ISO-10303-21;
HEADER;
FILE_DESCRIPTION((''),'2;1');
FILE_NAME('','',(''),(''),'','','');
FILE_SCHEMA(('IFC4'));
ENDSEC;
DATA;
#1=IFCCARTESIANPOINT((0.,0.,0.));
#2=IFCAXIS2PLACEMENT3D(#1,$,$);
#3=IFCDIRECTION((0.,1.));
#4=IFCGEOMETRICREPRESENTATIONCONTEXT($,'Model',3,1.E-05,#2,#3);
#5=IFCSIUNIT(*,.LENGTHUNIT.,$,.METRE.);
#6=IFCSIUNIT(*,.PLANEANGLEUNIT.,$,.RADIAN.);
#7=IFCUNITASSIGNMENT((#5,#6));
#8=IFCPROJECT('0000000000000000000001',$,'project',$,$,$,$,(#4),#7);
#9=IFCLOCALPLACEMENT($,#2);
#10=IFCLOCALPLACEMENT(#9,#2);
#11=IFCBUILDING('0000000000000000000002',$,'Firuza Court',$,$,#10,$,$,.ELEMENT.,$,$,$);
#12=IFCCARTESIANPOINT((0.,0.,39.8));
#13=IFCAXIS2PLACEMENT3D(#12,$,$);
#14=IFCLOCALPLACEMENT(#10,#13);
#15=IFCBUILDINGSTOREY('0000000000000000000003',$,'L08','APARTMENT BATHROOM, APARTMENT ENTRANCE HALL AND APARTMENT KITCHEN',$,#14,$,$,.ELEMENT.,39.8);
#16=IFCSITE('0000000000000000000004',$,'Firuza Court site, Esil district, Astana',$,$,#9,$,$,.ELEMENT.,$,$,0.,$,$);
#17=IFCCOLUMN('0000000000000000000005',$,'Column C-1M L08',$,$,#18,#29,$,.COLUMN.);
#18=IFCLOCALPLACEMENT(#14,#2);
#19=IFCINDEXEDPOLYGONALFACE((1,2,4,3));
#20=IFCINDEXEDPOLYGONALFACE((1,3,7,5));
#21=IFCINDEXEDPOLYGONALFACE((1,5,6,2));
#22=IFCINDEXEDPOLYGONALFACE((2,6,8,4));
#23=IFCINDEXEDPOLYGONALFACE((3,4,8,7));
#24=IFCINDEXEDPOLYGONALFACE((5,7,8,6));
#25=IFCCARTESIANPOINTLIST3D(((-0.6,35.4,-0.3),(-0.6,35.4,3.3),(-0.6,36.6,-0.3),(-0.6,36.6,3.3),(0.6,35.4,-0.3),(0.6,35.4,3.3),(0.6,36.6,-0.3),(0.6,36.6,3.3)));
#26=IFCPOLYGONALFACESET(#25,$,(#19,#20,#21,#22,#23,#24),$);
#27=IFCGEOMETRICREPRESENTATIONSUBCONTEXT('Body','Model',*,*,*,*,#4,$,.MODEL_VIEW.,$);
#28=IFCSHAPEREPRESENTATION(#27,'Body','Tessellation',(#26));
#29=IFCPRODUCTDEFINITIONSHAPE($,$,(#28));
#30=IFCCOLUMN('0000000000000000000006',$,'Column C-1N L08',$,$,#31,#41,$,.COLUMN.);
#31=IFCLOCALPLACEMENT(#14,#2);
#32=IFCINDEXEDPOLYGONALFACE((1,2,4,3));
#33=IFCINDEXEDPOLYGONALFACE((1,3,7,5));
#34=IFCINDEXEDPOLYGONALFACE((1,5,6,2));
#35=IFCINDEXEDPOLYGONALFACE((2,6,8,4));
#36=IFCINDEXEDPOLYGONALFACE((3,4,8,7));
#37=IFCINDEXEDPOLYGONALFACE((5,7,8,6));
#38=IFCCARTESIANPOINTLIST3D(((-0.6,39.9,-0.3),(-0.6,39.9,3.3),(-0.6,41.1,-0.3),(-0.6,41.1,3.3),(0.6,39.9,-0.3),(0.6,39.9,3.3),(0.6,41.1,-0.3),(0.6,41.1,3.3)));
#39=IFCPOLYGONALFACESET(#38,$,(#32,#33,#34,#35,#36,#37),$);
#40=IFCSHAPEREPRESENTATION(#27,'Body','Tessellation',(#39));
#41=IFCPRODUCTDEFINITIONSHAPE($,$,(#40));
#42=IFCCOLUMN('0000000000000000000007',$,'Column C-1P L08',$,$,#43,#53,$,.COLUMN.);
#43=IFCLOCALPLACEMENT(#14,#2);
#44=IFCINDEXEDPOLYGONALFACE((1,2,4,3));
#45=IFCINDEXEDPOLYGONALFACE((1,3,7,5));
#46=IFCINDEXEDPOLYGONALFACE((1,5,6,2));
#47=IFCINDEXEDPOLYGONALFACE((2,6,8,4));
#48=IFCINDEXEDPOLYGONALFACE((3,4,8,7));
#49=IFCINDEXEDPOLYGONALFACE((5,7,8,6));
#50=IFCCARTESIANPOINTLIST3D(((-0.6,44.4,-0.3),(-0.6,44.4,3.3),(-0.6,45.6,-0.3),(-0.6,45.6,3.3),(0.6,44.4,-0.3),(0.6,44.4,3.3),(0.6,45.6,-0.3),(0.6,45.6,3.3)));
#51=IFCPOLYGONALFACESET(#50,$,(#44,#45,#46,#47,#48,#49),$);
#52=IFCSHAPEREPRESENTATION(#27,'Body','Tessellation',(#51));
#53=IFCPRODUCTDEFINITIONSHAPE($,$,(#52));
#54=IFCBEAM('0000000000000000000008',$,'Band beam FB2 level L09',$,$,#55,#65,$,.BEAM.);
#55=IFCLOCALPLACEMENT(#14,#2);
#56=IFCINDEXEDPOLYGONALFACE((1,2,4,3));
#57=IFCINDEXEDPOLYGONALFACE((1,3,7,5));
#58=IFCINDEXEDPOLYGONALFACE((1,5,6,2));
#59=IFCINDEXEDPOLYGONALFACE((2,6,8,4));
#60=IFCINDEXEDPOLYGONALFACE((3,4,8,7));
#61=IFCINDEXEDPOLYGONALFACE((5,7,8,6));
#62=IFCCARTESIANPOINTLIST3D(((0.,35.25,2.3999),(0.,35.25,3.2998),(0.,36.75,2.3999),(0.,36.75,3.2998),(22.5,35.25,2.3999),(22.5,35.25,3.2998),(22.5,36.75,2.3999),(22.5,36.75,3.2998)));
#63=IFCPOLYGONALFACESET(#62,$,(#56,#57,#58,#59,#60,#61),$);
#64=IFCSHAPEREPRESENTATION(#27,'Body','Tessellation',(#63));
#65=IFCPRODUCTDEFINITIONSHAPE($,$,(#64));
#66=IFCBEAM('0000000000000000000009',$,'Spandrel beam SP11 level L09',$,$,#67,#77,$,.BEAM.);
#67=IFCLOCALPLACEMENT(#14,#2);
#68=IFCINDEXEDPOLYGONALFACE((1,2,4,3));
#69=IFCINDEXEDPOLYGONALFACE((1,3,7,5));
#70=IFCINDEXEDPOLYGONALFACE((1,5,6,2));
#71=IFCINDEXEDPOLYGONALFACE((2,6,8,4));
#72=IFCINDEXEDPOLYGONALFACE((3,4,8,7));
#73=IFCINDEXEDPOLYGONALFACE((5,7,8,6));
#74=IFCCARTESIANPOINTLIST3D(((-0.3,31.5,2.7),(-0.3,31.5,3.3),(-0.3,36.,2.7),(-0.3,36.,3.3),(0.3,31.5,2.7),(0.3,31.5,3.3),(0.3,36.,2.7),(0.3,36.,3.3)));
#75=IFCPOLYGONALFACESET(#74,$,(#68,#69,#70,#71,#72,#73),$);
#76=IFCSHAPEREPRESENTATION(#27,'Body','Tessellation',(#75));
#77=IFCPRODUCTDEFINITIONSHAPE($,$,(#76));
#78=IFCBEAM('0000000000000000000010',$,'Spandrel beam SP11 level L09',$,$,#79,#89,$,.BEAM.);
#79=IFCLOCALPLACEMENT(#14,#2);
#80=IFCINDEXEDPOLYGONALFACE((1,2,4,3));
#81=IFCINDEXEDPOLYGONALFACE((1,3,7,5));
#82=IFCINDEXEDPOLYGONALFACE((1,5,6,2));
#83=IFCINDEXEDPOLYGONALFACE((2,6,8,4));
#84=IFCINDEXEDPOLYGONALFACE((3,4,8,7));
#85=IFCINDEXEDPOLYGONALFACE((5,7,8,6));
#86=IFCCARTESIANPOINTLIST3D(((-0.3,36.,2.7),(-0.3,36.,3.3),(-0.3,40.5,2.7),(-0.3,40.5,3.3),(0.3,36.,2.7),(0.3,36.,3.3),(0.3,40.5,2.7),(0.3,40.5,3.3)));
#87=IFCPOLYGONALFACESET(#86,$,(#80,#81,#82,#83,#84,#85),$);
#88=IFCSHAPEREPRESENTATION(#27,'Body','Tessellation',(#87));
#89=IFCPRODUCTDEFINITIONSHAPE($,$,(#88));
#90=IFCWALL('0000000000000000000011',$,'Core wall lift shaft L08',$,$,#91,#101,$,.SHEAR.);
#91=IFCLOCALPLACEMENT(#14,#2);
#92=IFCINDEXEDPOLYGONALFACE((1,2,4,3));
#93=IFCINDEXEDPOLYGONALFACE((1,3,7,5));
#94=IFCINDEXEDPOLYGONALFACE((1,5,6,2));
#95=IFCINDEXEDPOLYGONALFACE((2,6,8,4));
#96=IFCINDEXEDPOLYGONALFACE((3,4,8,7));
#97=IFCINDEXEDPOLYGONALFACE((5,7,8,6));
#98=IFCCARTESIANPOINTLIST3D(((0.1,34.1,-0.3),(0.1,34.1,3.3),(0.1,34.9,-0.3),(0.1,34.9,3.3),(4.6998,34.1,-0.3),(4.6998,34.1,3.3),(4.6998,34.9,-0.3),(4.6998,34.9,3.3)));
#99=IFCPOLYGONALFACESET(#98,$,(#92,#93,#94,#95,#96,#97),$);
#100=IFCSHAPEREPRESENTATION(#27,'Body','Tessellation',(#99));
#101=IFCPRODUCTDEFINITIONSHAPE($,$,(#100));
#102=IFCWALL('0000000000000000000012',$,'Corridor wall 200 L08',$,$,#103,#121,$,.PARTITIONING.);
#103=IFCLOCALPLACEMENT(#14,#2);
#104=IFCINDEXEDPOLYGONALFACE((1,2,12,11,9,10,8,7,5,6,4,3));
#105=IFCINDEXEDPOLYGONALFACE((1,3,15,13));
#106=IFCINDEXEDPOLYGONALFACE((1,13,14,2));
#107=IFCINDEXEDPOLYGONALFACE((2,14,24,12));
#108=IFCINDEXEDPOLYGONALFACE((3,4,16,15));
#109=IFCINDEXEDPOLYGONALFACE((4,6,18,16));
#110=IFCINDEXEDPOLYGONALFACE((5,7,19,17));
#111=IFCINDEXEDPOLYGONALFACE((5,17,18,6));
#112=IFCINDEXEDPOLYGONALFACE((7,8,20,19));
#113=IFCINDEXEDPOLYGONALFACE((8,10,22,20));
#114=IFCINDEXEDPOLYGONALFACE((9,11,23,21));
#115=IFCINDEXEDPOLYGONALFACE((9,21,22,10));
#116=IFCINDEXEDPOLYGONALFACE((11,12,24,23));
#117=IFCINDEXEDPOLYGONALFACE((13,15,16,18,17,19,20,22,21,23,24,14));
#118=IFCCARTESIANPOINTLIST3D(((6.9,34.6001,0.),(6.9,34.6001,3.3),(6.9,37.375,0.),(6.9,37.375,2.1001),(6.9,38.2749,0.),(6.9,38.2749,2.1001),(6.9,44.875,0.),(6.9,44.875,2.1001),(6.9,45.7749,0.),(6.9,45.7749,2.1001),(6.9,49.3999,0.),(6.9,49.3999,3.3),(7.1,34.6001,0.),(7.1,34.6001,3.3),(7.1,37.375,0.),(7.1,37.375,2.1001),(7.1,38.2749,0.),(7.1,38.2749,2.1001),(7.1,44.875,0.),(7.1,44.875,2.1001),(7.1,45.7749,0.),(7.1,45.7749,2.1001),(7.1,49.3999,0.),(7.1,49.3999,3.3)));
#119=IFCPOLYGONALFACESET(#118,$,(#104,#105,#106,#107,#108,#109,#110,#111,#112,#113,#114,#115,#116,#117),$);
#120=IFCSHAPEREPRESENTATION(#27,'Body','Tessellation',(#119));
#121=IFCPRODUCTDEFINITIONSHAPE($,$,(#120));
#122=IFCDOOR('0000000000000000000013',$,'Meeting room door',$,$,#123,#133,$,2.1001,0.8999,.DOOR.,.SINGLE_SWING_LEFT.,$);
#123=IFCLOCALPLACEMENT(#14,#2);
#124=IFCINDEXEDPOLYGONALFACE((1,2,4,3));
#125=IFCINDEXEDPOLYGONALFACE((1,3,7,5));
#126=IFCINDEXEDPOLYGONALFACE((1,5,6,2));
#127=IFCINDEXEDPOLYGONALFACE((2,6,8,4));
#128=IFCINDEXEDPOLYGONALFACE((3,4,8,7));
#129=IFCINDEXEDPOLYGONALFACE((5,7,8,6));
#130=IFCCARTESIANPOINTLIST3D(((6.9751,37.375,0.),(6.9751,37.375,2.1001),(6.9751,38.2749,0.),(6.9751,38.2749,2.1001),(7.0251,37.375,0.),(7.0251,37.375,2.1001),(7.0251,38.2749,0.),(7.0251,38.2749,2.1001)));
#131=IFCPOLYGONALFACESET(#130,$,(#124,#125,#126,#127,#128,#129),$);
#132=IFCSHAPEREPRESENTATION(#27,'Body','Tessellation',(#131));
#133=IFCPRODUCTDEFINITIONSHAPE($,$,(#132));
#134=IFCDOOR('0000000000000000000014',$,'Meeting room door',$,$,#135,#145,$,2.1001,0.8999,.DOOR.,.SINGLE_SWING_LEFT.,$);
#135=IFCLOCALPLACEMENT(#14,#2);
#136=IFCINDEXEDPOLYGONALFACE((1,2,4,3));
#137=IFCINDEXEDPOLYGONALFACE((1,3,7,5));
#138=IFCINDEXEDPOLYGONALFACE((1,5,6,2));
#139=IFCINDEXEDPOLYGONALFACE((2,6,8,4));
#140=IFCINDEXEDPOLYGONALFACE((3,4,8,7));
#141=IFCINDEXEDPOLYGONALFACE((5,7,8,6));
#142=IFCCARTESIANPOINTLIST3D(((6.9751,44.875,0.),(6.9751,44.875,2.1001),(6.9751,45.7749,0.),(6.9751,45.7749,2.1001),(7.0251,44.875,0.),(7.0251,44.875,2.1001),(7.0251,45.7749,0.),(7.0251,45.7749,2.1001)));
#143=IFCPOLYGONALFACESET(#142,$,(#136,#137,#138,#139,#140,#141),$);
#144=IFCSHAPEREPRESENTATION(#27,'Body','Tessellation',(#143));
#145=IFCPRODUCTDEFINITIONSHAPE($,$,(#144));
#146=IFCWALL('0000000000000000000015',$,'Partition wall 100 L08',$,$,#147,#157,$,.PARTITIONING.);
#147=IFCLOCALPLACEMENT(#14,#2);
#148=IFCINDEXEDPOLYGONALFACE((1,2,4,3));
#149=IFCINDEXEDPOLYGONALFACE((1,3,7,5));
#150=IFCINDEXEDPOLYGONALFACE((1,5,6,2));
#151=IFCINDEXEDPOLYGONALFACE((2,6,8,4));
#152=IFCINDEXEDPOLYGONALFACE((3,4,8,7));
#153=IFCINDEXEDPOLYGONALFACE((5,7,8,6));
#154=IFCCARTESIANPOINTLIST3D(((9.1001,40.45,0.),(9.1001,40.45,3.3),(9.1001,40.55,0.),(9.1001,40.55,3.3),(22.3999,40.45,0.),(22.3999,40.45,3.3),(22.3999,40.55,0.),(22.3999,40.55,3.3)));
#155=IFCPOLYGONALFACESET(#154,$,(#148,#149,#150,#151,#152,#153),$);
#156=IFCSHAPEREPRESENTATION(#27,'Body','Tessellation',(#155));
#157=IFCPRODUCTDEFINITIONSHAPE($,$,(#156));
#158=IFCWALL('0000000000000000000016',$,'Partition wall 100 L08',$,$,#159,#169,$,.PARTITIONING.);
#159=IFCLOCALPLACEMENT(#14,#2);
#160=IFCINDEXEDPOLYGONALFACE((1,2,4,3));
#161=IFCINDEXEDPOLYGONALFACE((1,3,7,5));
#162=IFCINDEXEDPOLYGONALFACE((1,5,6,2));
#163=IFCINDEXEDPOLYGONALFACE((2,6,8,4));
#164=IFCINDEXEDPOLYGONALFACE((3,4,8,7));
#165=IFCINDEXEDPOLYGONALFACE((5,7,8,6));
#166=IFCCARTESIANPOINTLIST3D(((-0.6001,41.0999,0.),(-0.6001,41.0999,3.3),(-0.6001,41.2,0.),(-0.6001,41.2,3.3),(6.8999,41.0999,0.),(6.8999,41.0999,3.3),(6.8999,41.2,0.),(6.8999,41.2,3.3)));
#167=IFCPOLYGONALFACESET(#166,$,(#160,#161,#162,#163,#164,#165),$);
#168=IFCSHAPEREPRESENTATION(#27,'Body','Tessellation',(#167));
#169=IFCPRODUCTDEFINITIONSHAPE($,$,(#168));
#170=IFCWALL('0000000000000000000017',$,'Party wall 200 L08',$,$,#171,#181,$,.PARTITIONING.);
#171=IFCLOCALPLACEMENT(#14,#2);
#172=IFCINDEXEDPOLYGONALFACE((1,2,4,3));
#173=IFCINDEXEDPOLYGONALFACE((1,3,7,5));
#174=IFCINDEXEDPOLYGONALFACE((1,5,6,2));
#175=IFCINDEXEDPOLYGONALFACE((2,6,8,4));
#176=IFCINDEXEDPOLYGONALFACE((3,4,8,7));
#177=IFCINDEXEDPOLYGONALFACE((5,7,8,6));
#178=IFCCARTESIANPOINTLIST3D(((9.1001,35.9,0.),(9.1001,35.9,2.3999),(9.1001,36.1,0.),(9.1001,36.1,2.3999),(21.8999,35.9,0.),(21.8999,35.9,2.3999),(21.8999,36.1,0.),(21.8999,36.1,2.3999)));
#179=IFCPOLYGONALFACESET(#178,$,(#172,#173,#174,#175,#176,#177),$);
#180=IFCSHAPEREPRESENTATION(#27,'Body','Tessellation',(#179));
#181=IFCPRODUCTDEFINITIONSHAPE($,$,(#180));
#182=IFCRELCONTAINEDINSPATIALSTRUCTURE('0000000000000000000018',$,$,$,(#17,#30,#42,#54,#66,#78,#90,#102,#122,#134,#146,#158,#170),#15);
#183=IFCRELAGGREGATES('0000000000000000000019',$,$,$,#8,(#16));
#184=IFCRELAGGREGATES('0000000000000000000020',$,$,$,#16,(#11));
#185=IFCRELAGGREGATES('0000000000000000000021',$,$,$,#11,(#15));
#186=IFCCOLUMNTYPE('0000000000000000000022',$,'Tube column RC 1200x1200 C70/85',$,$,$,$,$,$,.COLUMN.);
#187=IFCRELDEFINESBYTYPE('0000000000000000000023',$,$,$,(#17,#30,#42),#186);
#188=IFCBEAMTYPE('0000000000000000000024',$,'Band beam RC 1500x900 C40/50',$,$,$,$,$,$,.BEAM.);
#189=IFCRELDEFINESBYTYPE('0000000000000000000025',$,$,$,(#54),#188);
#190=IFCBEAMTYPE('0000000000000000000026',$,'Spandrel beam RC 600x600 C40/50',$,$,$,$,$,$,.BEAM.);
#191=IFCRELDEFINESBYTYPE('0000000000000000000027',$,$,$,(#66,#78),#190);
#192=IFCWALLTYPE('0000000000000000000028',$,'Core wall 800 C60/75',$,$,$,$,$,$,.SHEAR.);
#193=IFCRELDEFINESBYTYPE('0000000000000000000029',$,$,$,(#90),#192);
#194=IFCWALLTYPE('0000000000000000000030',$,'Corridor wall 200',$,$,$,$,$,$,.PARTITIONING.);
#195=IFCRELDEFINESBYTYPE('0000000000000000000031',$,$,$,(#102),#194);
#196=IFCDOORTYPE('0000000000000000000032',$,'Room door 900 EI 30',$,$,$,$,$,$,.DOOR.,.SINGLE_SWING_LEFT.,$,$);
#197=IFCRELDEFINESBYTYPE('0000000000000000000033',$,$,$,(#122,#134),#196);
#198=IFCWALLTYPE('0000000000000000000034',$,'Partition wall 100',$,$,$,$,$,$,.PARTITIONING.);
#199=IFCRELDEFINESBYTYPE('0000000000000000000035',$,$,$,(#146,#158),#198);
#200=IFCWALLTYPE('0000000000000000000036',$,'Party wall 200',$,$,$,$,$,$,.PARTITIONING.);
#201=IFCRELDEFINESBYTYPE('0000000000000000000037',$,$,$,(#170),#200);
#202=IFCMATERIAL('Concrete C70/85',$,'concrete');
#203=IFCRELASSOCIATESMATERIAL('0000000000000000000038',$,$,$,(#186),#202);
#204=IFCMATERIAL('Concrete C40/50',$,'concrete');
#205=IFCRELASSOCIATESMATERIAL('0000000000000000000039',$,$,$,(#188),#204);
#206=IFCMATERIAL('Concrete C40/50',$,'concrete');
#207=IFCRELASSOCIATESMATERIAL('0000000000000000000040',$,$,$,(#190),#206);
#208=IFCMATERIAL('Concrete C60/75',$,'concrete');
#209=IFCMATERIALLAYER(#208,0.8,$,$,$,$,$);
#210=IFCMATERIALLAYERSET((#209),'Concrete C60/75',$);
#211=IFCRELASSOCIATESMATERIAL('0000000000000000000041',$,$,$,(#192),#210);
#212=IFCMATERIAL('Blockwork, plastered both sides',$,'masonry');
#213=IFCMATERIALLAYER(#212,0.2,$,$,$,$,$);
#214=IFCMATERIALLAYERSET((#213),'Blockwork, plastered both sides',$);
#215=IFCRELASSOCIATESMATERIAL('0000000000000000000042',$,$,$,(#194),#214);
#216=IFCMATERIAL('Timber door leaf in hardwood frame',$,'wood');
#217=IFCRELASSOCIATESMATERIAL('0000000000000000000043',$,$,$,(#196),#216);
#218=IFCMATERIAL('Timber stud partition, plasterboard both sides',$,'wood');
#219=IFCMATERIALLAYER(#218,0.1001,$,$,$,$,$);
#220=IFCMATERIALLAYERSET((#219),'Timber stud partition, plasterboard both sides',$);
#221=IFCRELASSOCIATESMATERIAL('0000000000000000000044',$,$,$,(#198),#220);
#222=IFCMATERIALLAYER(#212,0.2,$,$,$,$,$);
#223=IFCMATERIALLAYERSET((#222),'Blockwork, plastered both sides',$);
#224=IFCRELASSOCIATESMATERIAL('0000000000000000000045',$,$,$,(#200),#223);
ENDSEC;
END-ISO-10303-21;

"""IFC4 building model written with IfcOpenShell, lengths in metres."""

from ifc_helpers import new_model, si_unit, direction, frame, frame_2d, origin, origin_2d, place, context, subcontext, project, spatial, rectangle, extrude, material, layer, layer_set, material_profile, profile_set, type_object, element, fill, save


model = new_model("IFC4")

# Units and contexts
model_context = context("Model", 3, precision=1e-05, world=origin(), true_north=direction((0.0, 1.0)))
body_context = subcontext(model_context, "Body", "Model", "MODEL_VIEW")
ifc_project = project(units=[si_unit("LENGTHUNIT", "METRE"), si_unit("PLANEANGLEUNIT", "RADIAN")], contexts=[model_context])

# Site, building, storey
site_placement = place(None, origin())
site = spatial("IfcSite", under=ifc_project, at=site_placement, Name="Firuza Court site, Esil district, Astana", CompositionType="ELEMENT", RefElevation=0.0)
building_placement = place(site_placement, origin())
building = spatial("IfcBuilding", under=site, at=building_placement, Name="Firuza Court", CompositionType="ELEMENT")
storey_placement = place(building_placement, frame((0.0, 0.0, 39.8)))
storey = spatial("IfcBuildingStorey", under=building, at=storey_placement, Name="L08", Description="APARTMENT BATHROOM, APARTMENT ENTRANCE HALL AND APARTMENT KITCHEN", CompositionType="ELEMENT", Elevation=39.8)

# Columns
ifc_material_1 = material(Name="Concrete C70/85", Category="concrete")
ifc_material_profile_1 = material_profile(ifc_material_1, rectangle(XDim=1.2, YDim=1.2, at=origin_2d()), Name="RC 1200x1200")
ifc_profile_set_1 = profile_set([ifc_material_profile_1], Name="Concrete C70/85")
column_type = type_object("IfcColumnType", Name="Tube column RC 1200x1200 C70/85", PredefinedType="COLUMN", material=ifc_profile_set_1)
for number, where, z_axis, x_axis, name in (
    (1, (0.0, 36.0, -0.3), (0.0, 0.0, 1.0), (1.0, 0.0, 0.0), "Column C-1M L08"),
    (2, (0.0, 40.5, -0.3), (0.0, 0.0, 1.0), (1.0, 0.0, 0.0), "Column C-1N L08"),
    (3, (0.0, 45.0, -0.3), (0.0, 0.0, 1.0), (1.0, 0.0, 0.0), "Column C-1P L08"),
):
    element("IfcColumn", number, at=place(storey_placement, frame(where, z_axis=z_axis, x_axis=x_axis)), inside=storey, type_object=column_type, Name=name, PredefinedType="COLUMN", context=body_context, shape_type="SweptSolid", body=[
        extrude(rectangle(XDim=1.2, YDim=1.2, at=origin_2d()), origin(), (0.0, 0.0, 1.0), 3.6001),
    ])

# Beams
ifc_material_2 = material(Name="Concrete C40/50", Category="concrete")
ifc_material_profile_2 = material_profile(ifc_material_2, rectangle(XDim=1.5, YDim=0.8999, at=origin_2d()), Name="RC 1500x900")
ifc_profile_set_2 = profile_set([ifc_material_profile_2], Name="Concrete C40/50")
beam_type_1 = type_object("IfcBeamType", Name="Band beam RC 1500x900 C40/50", PredefinedType="BEAM", material=ifc_profile_set_2)
beam_placement = place(storey_placement, frame((0.0, 36.0, 2.8499), z_axis=(1.0, 0.0, 0.0), x_axis=(0.0, 1.0, 0.0)))
element("IfcBeam", 4, at=beam_placement, inside=storey, type_object=beam_type_1, Name="Band beam FB2 level L09", PredefinedType="BEAM", context=body_context, shape_type="SweptSolid", body=[
    extrude(rectangle(XDim=1.5, YDim=0.8999, at=origin_2d()), origin(), (0.0, 0.0, 1.0), 22.5),
])
ifc_material_3 = material(Name="Concrete C40/50", Category="concrete")
ifc_material_profile_3 = material_profile(ifc_material_3, rectangle(XDim=0.6001, YDim=0.6001, at=origin_2d()), Name="RC 600x600")
ifc_profile_set_3 = profile_set([ifc_material_profile_3], Name="Concrete C40/50")
beam_type_2 = type_object("IfcBeamType", Name="Spandrel beam RC 600x600 C40/50", PredefinedType="BEAM", material=ifc_profile_set_3)
for number, where, z_axis, x_axis, name in (
    (5, (0.0, 36.0, 3.0), (0.0, -1.0, 0.0), (1.0, 0.0, 0.0), "Spandrel beam SP11 level L09"),
    (6, (0.0, 40.5, 3.0), (0.0, -1.0, 0.0), (1.0, 0.0, 0.0), "Spandrel beam SP11 level L09"),
):
    element("IfcBeam", number, at=place(storey_placement, frame(where, z_axis=z_axis, x_axis=x_axis)), inside=storey, type_object=beam_type_2, Name=name, PredefinedType="BEAM", context=body_context, shape_type="SweptSolid", body=[
        extrude(rectangle(XDim=0.6001, YDim=0.6001, at=origin_2d()), origin(), (0.0, 0.0, 1.0), 4.5),
    ])

# Wall
ifc_material_4 = material(Name="Concrete C60/75", Category="concrete")
ifc_layer_1 = layer(ifc_material_4, 0.8)
ifc_layer_set_1 = layer_set([ifc_layer_1], Name="Concrete C60/75")
wall_type_1 = type_object("IfcWallType", Name="Core wall 800 C60/75", PredefinedType="SHEAR", material=ifc_layer_set_1)
wall_1_placement = place(storey_placement, frame((0.1001, 34.5, -0.3), z_axis=(0.0, 0.0, 1.0), x_axis=(1.0, 0.0, 0.0)))
element("IfcWall", 7, at=wall_1_placement, inside=storey, type_object=wall_type_1, Name="Core wall lift shaft L08", PredefinedType="SHEAR", context=body_context, shape_type="SweptSolid", body=[
    extrude(rectangle(XDim=4.5999, YDim=0.8, at=frame_2d((2.2998, 0.0))), origin(), (0.0, 0.0, 1.0), 3.6001),
])

# Wall, openings, doors
ifc_material_5 = material(Name="Blockwork, plastered both sides", Category="masonry")
ifc_layer_2 = layer(ifc_material_5, 0.2)
ifc_layer_set_2 = layer_set([ifc_layer_2], Name="Blockwork, plastered both sides")
wall_type_2 = type_object("IfcWallType", Name="Corridor wall 200", PredefinedType="PARTITIONING", material=ifc_layer_set_2)
wall_2_placement = place(storey_placement, frame((7.0, 34.6001, 0.0), z_axis=(0.0, 0.0, 1.0), x_axis=(0.0, 1.0, 0.0)))
wall_2 = element("IfcWall", 8, at=wall_2_placement, inside=storey, type_object=wall_type_2, Name="Corridor wall 200 L08", PredefinedType="PARTITIONING", context=body_context, shape_type="SweptSolid", body=[
    extrude(rectangle(XDim=14.7998, YDim=0.2, at=frame_2d((7.3999, 0.0))), origin(), (0.0, 0.0, 1.0), 3.3),
])
opening_1_placement = place(wall_2_placement, frame((2.7749, 0.0, 0.0)))
opening_1 = element("IfcOpeningElement", 9, at=opening_1_placement, cuts=wall_2, PredefinedType="OPENING", context=body_context, shape_type="SweptSolid", body=[
    extrude(rectangle(XDim=0.8999, YDim=2.1001, at=frame_2d((0.45, 1.05))), frame((0.0, 0.1118, 0.0), z_axis=(0.0, -1.0, 0.0), x_axis=(1.0, 0.0, 0.0)), (0.0, 0.0, 1.0), 0.2239),
])
opening_2_placement = place(wall_2_placement, frame((10.2749, 0.0, 0.0)))
opening_2 = element("IfcOpeningElement", 10, at=opening_2_placement, cuts=wall_2, PredefinedType="OPENING", context=body_context, shape_type="SweptSolid", body=[
    extrude(rectangle(XDim=0.8999, YDim=2.1001, at=frame_2d((0.45, 1.05))), frame((0.0, 0.1118, 0.0), z_axis=(0.0, -1.0, 0.0), x_axis=(1.0, 0.0, 0.0)), (0.0, 0.0, 1.0), 0.2239),
])
ifc_material_6 = material(Name="Timber door leaf in hardwood frame", Category="wood")
door_type = type_object("IfcDoorType", Name="Room door 900 EI 30", OperationType="SINGLE_SWING_LEFT", PredefinedType="DOOR", material=ifc_material_6)
door_1_placement = place(opening_1_placement, origin())
door_1 = element("IfcDoor", 11, at=door_1_placement, inside=storey, type_object=door_type, Name="Meeting room door", OperationType="SINGLE_SWING_LEFT", OverallHeight=2.1001, OverallWidth=0.8999, PredefinedType="DOOR", context=body_context, shape_type="SweptSolid", body=[
    extrude(rectangle(XDim=0.8999, YDim=2.1001, at=frame_2d((0.45, 1.05))), frame((0.0, 0.0249, 0.0), z_axis=(0.0, -1.0, 0.0), x_axis=(1.0, 0.0, 0.0)), (0.0, 0.0, 1.0), 0.05),
])
fill(opening_1, door_1)
door_2_placement = place(opening_2_placement, origin())
door_2 = element("IfcDoor", 12, at=door_2_placement, inside=storey, type_object=door_type, Name="Meeting room door", OperationType="SINGLE_SWING_LEFT", OverallHeight=2.1001, OverallWidth=0.8999, PredefinedType="DOOR", context=body_context, shape_type="SweptSolid", body=[
    extrude(rectangle(XDim=0.8999, YDim=2.1001, at=frame_2d((0.45, 1.05))), frame((0.0, 0.0249, 0.0), z_axis=(0.0, -1.0, 0.0), x_axis=(1.0, 0.0, 0.0)), (0.0, 0.0, 1.0), 0.05),
])
fill(opening_2, door_2)

# Walls
ifc_material_7 = material(Name="Timber stud partition, plasterboard both sides", Category="wood")
ifc_layer_3 = layer(ifc_material_7, 0.1001)
ifc_layer_set_3 = layer_set([ifc_layer_3], Name="Timber stud partition, plasterboard both sides")
wall_type_3 = type_object("IfcWallType", Name="Partition wall 100", PredefinedType="PARTITIONING", material=ifc_layer_set_3)
wall_3_placement = place(storey_placement, frame((9.1001, 40.5, 0.0), z_axis=(0.0, 0.0, 1.0), x_axis=(1.0, 0.0, 0.0)))
element("IfcWall", 13, at=wall_3_placement, inside=storey, type_object=wall_type_3, Name="Partition wall 100 L08", PredefinedType="PARTITIONING", context=body_context, shape_type="SweptSolid", body=[
    extrude(rectangle(XDim=13.2998, YDim=0.1001, at=frame_2d((6.6499, 0.0))), origin(), (0.0, 0.0, 1.0), 3.3),
])
wall_4_placement = place(storey_placement, frame((-0.6001, 41.1499, 0.0), z_axis=(0.0, 0.0, 1.0), x_axis=(1.0, 0.0, 0.0)))
element("IfcWall", 14, at=wall_4_placement, inside=storey, type_object=wall_type_3, Name="Partition wall 100 L08", PredefinedType="PARTITIONING", context=body_context, shape_type="SweptSolid", body=[
    extrude(rectangle(XDim=7.5, YDim=0.1001, at=frame_2d((3.75, 0.0))), origin(), (0.0, 0.0, 1.0), 3.3),
])
ifc_layer_4 = layer(ifc_material_5, 0.2)
ifc_layer_set_4 = layer_set([ifc_layer_4], Name="Blockwork, plastered both sides")
wall_type_4 = type_object("IfcWallType", Name="Party wall 200", PredefinedType="PARTITIONING", material=ifc_layer_set_4)
wall_5_placement = place(storey_placement, frame((9.1001, 36.0, 0.0), z_axis=(0.0, 0.0, 1.0), x_axis=(1.0, 0.0, 0.0)))
element("IfcWall", 15, at=wall_5_placement, inside=storey, type_object=wall_type_4, Name="Party wall 200 L08", PredefinedType="PARTITIONING", context=body_context, shape_type="SweptSolid", body=[
    extrude(rectangle(XDim=12.7998, YDim=0.2, at=frame_2d((6.3999, 0.0))), origin(), (0.0, 0.0, 1.0), 2.3999),
])

save(model, "model.ifc")
